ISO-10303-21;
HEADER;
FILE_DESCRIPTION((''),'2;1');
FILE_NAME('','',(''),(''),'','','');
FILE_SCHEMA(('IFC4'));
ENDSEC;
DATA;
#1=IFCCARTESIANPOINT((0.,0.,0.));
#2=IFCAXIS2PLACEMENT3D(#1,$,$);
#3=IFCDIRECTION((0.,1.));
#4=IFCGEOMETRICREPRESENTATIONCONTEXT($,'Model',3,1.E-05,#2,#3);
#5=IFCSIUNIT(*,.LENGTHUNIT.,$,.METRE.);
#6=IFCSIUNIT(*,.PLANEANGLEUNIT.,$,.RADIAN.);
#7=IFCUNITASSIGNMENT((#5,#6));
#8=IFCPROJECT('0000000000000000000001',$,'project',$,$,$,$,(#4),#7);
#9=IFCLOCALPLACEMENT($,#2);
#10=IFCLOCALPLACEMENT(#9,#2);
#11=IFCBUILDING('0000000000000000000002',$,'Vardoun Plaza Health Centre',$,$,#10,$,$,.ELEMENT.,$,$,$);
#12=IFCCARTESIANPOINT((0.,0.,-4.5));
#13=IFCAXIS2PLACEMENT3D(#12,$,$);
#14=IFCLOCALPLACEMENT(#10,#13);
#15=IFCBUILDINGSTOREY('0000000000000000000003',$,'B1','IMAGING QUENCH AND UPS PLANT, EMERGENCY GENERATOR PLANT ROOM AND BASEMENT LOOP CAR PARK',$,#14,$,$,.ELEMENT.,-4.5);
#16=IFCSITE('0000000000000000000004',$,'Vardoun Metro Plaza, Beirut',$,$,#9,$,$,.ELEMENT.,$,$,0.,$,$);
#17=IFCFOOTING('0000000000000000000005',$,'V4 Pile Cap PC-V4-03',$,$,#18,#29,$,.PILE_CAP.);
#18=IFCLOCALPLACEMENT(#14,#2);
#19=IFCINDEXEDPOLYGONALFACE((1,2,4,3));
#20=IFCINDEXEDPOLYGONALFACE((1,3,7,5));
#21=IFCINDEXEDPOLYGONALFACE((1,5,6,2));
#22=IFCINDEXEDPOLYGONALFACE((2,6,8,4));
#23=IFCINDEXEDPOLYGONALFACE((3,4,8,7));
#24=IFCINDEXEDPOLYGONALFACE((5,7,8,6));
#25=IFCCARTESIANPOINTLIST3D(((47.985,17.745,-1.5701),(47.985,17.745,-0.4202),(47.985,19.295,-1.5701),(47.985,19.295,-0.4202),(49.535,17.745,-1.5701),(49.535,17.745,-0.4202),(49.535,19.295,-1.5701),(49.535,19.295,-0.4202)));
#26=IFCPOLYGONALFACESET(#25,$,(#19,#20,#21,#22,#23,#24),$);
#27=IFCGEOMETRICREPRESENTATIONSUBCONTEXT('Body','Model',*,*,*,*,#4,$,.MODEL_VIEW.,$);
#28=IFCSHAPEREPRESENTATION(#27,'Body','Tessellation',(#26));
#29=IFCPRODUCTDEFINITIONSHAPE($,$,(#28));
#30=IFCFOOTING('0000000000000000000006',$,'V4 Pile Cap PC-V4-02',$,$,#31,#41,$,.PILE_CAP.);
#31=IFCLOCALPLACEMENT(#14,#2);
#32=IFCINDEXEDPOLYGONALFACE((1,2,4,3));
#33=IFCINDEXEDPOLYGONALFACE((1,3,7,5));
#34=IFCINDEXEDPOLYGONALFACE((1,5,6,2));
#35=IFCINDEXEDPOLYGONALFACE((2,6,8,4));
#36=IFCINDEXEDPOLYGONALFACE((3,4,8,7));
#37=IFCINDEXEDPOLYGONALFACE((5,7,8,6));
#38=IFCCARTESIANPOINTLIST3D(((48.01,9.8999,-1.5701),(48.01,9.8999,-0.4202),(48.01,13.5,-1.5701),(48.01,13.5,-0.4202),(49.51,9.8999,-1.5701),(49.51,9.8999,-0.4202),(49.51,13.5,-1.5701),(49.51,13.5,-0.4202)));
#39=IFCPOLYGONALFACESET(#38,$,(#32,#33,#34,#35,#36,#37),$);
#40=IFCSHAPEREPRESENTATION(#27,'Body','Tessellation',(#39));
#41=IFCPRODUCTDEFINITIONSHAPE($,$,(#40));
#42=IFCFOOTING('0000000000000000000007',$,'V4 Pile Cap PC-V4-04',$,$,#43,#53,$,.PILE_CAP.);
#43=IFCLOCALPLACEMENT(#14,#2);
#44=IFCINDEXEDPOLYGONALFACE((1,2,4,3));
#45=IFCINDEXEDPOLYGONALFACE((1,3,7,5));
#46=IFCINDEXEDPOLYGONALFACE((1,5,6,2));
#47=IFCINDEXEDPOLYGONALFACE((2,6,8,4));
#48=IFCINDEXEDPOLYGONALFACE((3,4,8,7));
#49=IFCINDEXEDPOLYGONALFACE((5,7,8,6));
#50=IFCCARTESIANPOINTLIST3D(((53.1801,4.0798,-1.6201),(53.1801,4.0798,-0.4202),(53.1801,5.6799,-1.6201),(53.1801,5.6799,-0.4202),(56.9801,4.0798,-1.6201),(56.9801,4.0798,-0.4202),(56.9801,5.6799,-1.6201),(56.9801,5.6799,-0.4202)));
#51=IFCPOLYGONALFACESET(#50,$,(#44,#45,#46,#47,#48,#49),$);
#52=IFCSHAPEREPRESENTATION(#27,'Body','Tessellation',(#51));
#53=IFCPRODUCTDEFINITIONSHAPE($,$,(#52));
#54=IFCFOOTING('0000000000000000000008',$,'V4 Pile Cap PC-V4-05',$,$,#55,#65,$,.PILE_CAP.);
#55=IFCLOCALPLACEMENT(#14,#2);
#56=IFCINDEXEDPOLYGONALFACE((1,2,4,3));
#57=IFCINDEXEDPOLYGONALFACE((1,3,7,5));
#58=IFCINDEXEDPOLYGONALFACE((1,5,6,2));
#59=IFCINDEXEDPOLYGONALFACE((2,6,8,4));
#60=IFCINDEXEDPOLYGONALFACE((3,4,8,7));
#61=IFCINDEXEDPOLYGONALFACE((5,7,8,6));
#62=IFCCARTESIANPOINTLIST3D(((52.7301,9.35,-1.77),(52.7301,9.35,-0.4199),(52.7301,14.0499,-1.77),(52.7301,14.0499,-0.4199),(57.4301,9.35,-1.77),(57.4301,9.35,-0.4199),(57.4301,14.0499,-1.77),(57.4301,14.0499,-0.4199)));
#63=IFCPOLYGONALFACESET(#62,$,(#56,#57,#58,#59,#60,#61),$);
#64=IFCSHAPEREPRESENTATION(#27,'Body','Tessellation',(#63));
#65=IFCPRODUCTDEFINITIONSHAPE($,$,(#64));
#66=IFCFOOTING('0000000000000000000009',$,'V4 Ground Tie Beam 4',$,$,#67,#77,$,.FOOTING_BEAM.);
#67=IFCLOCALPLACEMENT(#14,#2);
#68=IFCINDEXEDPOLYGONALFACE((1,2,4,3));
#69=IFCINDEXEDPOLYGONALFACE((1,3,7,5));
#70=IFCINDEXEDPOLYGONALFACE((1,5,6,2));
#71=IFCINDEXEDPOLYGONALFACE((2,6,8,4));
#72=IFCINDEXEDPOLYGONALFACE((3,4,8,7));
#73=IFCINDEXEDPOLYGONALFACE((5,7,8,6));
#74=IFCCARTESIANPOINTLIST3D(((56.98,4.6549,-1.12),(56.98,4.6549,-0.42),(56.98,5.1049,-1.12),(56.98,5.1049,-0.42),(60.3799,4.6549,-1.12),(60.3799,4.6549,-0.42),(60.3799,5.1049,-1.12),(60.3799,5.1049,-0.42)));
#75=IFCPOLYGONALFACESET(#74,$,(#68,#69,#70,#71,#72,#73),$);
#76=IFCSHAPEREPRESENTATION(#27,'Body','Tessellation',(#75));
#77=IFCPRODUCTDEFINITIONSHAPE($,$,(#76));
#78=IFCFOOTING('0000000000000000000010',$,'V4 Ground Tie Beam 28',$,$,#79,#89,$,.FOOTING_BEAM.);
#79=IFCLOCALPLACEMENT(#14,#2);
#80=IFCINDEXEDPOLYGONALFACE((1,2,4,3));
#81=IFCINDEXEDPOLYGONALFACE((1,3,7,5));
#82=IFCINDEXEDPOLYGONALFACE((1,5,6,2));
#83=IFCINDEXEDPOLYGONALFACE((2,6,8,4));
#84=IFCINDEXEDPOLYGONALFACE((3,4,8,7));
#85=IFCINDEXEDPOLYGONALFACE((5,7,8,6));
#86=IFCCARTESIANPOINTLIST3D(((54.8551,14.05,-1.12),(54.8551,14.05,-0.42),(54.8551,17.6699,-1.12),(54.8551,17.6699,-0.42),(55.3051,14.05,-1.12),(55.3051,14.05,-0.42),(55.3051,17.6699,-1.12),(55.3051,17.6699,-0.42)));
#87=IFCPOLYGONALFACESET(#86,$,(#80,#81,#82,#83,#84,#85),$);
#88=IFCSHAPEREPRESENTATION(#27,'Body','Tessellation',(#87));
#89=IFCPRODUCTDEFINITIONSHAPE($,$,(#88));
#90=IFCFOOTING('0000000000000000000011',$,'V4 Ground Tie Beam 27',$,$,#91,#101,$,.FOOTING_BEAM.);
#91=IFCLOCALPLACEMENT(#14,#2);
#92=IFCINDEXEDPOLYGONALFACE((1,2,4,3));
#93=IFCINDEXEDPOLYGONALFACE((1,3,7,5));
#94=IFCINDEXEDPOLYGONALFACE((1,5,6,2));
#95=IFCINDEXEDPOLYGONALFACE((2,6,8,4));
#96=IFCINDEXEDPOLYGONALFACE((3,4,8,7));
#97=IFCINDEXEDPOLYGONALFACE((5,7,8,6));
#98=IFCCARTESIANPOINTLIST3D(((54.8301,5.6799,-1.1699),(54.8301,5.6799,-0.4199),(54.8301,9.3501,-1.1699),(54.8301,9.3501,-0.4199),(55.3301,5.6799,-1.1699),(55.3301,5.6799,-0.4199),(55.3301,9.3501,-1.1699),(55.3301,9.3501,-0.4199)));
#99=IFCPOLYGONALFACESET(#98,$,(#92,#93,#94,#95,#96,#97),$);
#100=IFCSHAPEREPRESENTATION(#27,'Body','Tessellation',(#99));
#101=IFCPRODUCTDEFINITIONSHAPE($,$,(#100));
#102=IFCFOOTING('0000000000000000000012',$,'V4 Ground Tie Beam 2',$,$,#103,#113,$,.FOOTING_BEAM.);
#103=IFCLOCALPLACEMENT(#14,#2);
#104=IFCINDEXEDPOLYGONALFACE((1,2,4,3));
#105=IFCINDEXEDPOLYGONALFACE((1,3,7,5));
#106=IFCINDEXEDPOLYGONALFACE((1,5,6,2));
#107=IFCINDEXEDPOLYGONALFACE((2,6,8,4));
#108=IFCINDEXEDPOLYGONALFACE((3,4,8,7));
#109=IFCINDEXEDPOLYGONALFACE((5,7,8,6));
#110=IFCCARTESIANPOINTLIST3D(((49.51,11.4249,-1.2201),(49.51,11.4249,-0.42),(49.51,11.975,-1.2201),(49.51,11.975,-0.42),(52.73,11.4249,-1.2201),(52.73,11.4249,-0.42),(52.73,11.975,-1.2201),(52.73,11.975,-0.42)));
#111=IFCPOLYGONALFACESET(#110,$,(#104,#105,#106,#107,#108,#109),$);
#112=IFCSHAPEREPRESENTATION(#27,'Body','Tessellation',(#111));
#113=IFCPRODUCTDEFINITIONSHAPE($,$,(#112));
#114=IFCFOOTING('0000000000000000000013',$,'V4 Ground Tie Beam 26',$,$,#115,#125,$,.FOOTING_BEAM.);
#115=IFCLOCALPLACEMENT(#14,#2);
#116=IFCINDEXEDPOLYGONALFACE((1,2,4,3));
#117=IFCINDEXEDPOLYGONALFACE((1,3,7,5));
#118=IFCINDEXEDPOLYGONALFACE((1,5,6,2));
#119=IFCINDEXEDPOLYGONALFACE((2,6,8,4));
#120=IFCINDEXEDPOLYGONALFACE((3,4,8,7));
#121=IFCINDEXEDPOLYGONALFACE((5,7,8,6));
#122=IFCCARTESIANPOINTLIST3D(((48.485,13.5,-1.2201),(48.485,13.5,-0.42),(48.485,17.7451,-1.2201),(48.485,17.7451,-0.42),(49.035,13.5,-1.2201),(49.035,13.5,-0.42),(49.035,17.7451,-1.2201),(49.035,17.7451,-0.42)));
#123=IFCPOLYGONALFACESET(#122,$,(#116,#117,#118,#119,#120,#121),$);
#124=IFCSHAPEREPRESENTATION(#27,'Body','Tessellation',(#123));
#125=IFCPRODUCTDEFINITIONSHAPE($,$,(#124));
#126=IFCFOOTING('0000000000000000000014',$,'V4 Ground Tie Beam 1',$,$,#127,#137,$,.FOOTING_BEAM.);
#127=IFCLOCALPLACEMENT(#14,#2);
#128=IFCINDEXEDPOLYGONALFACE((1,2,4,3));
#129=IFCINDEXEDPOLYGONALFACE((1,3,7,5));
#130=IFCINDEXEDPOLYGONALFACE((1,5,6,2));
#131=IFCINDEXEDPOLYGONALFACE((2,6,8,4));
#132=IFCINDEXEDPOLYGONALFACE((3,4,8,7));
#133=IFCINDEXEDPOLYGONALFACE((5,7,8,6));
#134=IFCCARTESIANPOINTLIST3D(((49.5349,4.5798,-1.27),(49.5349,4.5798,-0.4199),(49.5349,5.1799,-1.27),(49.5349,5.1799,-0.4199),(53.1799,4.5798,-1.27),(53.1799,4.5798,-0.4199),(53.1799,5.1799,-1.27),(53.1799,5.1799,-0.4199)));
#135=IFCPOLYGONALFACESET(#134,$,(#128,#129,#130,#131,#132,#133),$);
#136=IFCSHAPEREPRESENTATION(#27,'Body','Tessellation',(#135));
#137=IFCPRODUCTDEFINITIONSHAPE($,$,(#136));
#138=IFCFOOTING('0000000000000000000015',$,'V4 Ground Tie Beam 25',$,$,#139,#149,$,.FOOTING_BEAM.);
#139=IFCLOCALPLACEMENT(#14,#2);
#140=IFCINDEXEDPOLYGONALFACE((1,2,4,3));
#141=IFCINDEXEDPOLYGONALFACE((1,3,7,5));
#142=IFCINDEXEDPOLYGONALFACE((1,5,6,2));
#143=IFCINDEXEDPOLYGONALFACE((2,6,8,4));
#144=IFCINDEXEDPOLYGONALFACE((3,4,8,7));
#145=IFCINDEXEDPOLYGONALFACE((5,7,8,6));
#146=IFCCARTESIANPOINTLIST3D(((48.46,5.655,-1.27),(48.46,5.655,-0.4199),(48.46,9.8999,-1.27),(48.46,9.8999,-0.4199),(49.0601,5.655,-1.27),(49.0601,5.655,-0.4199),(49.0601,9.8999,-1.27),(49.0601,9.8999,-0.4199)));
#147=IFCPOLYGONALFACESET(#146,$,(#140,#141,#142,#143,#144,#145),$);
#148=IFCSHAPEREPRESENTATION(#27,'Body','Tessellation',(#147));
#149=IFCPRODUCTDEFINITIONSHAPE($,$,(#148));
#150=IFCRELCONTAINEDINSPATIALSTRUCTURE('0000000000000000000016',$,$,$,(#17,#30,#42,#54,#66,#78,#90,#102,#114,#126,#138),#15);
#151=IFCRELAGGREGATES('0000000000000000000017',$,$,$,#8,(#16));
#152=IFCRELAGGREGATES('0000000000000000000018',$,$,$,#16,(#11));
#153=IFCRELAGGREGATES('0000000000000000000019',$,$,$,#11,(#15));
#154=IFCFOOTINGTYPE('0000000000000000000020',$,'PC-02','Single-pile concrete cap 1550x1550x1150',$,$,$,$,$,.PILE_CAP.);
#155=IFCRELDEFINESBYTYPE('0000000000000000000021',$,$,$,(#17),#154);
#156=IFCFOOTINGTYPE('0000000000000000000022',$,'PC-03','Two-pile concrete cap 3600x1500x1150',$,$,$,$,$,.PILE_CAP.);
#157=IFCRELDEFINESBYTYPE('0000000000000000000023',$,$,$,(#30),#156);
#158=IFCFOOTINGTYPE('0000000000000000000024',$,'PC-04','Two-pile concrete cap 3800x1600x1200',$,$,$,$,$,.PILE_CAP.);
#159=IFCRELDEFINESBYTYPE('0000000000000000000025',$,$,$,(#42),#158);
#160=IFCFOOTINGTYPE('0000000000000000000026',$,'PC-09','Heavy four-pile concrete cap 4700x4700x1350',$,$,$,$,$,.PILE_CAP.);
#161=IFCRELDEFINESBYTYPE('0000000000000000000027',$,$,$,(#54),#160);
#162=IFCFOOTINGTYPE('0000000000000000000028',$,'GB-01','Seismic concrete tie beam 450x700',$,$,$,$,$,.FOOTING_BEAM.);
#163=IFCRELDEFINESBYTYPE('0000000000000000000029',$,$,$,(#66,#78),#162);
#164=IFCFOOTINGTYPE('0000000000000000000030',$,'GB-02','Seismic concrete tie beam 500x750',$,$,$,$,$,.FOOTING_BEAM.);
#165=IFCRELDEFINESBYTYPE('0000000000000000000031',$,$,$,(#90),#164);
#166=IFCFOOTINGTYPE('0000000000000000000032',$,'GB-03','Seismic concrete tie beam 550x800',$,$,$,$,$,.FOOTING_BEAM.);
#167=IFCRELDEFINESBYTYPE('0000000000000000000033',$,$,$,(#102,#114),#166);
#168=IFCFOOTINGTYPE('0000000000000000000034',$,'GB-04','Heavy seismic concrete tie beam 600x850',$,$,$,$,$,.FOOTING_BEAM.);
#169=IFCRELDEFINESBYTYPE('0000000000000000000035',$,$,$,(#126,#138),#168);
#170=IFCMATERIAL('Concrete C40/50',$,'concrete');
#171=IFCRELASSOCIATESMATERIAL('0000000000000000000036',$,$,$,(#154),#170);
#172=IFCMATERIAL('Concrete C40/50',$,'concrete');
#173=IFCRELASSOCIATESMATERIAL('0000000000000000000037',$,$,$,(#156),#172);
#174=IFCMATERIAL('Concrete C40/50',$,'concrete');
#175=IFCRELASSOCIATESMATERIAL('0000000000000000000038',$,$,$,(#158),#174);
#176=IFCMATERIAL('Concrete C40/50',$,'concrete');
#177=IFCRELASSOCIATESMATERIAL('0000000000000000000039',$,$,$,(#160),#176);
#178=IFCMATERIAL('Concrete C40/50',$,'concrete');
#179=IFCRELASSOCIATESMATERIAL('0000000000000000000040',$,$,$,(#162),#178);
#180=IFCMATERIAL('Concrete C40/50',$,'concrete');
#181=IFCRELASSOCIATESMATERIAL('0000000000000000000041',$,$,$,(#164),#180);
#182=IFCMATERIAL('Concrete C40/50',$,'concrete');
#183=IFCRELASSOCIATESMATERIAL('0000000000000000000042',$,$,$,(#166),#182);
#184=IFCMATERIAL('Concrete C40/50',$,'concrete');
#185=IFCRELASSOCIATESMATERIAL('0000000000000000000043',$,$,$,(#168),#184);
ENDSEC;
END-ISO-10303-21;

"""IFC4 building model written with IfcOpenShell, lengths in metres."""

from ifc_helpers import new_model, si_unit, direction, frame, origin, origin_2d, place, context, subcontext, project, spatial, rectangle, extrude, material, material_profile, profile_set, type_object, element, save


model = new_model("IFC4")

# Units and contexts
model_context = context("Model", 3, precision=1e-05, world=origin(), true_north=direction((0.0, 1.0)))
body_context = subcontext(model_context, "Body", "Model", "MODEL_VIEW")
ifc_project = project(units=[si_unit("LENGTHUNIT", "METRE"), si_unit("PLANEANGLEUNIT", "RADIAN")], contexts=[model_context])

# Site, building, storey
site_placement = place(None, origin())
site = spatial("IfcSite", under=ifc_project, at=site_placement, Name="Vardoun Metro Plaza, Beirut", CompositionType="ELEMENT", RefElevation=0.0)
building_placement = place(site_placement, origin())
building = spatial("IfcBuilding", under=site, at=building_placement, Name="Vardoun Plaza Health Centre", CompositionType="ELEMENT")
storey_placement = place(building_placement, frame((0.0, 0.0, -4.5)))
storey = spatial("IfcBuildingStorey", under=building, at=storey_placement, Name="B1", Description="IMAGING QUENCH AND UPS PLANT, EMERGENCY GENERATOR PLANT ROOM AND BASEMENT LOOP CAR PARK", CompositionType="ELEMENT", Elevation=-4.5)

# Footings
ifc_material_1 = material(Name="Concrete C40/50", Category="concrete")
footing_type_1 = type_object("IfcFootingType", Name="PC-02", Description="Single-pile concrete cap 1550x1550x1150", PredefinedType="PILE_CAP", material=ifc_material_1)
footing_1_placement = place(storey_placement, frame((48.76, 18.52, -1.5701), z_axis=(0.0, 0.0, 1.0), x_axis=(1.0, 0.0, 0.0)))
element("IfcFooting", 1, at=footing_1_placement, inside=storey, type_object=footing_type_1, Name="V4 Pile Cap PC-V4-03", PredefinedType="PILE_CAP", context=body_context, shape_type="SweptSolid", body=[
    extrude(rectangle(XDim=1.55, YDim=1.55, at=origin_2d()), origin(), (0.0, 0.0, 1.0), 1.1499),
])
ifc_material_2 = material(Name="Concrete C40/50", Category="concrete")
footing_type_2 = type_object("IfcFootingType", Name="PC-03", Description="Two-pile concrete cap 3600x1500x1150", PredefinedType="PILE_CAP", material=ifc_material_2)
footing_2_placement = place(storey_placement, frame((48.76, 11.7, -1.5701), z_axis=(0.0, 0.0, 1.0), x_axis=(0.0, 1.0, 0.0)))
element("IfcFooting", 2, at=footing_2_placement, inside=storey, type_object=footing_type_2, Name="V4 Pile Cap PC-V4-02", PredefinedType="PILE_CAP", context=body_context, shape_type="SweptSolid", body=[
    extrude(rectangle(XDim=3.6001, YDim=1.5, at=origin_2d()), origin(), (0.0, 0.0, 1.0), 1.1499),
])
ifc_material_3 = material(Name="Concrete C40/50", Category="concrete")
footing_type_3 = type_object("IfcFootingType", Name="PC-04", Description="Two-pile concrete cap 3800x1600x1200", PredefinedType="PILE_CAP", material=ifc_material_3)
footing_3_placement = place(storey_placement, frame((55.0801, 4.8799, -1.6201), z_axis=(0.0, 0.0, 1.0), x_axis=(1.0, 0.0, 0.0)))
element("IfcFooting", 3, at=footing_3_placement, inside=storey, type_object=footing_type_3, Name="V4 Pile Cap PC-V4-04", PredefinedType="PILE_CAP", context=body_context, shape_type="SweptSolid", body=[
    extrude(rectangle(XDim=3.8, YDim=1.6001, at=origin_2d()), origin(), (0.0, 0.0, 1.0), 1.2),
])
ifc_material_4 = material(Name="Concrete C40/50", Category="concrete")
footing_type_4 = type_object("IfcFootingType", Name="PC-09", Description="Heavy four-pile concrete cap 4700x4700x1350", PredefinedType="PILE_CAP", material=ifc_material_4)
footing_4_placement = place(storey_placement, frame((55.0801, 11.7, -1.77), z_axis=(0.0, 0.0, 1.0), x_axis=(1.0, 0.0, 0.0)))
element("IfcFooting", 4, at=footing_4_placement, inside=storey, type_object=footing_type_4, Name="V4 Pile Cap PC-V4-05", PredefinedType="PILE_CAP", context=body_context, shape_type="SweptSolid", body=[
    extrude(rectangle(XDim=4.7, YDim=4.7, at=origin_2d()), origin(), (0.0, 0.0, 1.0), 1.3501),
])
ifc_material_5 = material(Name="Concrete C40/50", Category="concrete")
ifc_material_profile_1 = material_profile(ifc_material_5, rectangle(XDim=0.45, YDim=0.7, at=origin_2d()), Name="GB 450x700")
ifc_profile_set_1 = profile_set([ifc_material_profile_1], Name="Concrete C40/50")
footing_type_5 = type_object("IfcFootingType", Name="GB-01", Description="Seismic concrete tie beam 450x700", PredefinedType="FOOTING_BEAM", material=ifc_profile_set_1)
footing_5_placement = place(storey_placement, frame((56.98, 4.8799, -0.77), z_axis=(1.0, 0.0, 0.0), x_axis=(0.0, 1.0, 0.0)))
element("IfcFooting", 5, at=footing_5_placement, inside=storey, type_object=footing_type_5, Name="V4 Ground Tie Beam 4", PredefinedType="FOOTING_BEAM", context=body_context, shape_type="SweptSolid", body=[
    extrude(rectangle(XDim=0.45, YDim=0.7, at=origin_2d()), origin(), (0.0, 0.0, 1.0), 3.3999),
])
footing_6_placement = place(storey_placement, frame((55.0801, 14.05, -0.77), z_axis=(0.0, 1.0, 0.0), x_axis=(-1.0, 0.0, 0.0)))
element("IfcFooting", 6, at=footing_6_placement, inside=storey, type_object=footing_type_5, Name="V4 Ground Tie Beam 28", PredefinedType="FOOTING_BEAM", context=body_context, shape_type="SweptSolid", body=[
    extrude(rectangle(XDim=0.45, YDim=0.7, at=origin_2d()), origin(), (0.0, 0.0, 1.0), 3.6199),
])
ifc_material_6 = material(Name="Concrete C40/50", Category="concrete")
ifc_material_profile_2 = material_profile(ifc_material_6, rectangle(XDim=0.5, YDim=0.75, at=origin_2d()), Name="GB 500x750")
ifc_profile_set_2 = profile_set([ifc_material_profile_2], Name="Concrete C40/50")
footing_type_6 = type_object("IfcFootingType", Name="GB-02", Description="Seismic concrete tie beam 500x750", PredefinedType="FOOTING_BEAM", material=ifc_profile_set_2)
footing_7_placement = place(storey_placement, frame((55.0801, 5.6799, -0.7949), z_axis=(0.0, 1.0, 0.0), x_axis=(-1.0, 0.0, 0.0)))
element("IfcFooting", 7, at=footing_7_placement, inside=storey, type_object=footing_type_6, Name="V4 Ground Tie Beam 27", PredefinedType="FOOTING_BEAM", context=body_context, shape_type="SweptSolid", body=[
    extrude(rectangle(XDim=0.5, YDim=0.75, at=origin_2d()), origin(), (0.0, 0.0, 1.0), 3.6702),
])
ifc_material_7 = material(Name="Concrete C40/50", Category="concrete")
ifc_material_profile_3 = material_profile(ifc_material_7, rectangle(XDim=0.55, YDim=0.8, at=origin_2d()), Name="GB 550x800")
ifc_profile_set_3 = profile_set([ifc_material_profile_3], Name="Concrete C40/50")
footing_type_7 = type_object("IfcFootingType", Name="GB-03", Description="Seismic concrete tie beam 550x800", PredefinedType="FOOTING_BEAM", material=ifc_profile_set_3)
footing_8_placement = place(storey_placement, frame((49.51, 11.7, -0.8201), z_axis=(1.0, 0.0, 0.0), x_axis=(0.0, 1.0, 0.0)))
element("IfcFooting", 8, at=footing_8_placement, inside=storey, type_object=footing_type_7, Name="V4 Ground Tie Beam 2", PredefinedType="FOOTING_BEAM", context=body_context, shape_type="SweptSolid", body=[
    extrude(rectangle(XDim=0.55, YDim=0.8, at=origin_2d()), origin(), (0.0, 0.0, 1.0), 3.22),
])
footing_9_placement = place(storey_placement, frame((48.76, 13.5, -0.8201), z_axis=(0.0, 1.0, 0.0), x_axis=(-1.0, 0.0, 0.0)))
element("IfcFooting", 9, at=footing_9_placement, inside=storey, type_object=footing_type_7, Name="V4 Ground Tie Beam 26", PredefinedType="FOOTING_BEAM", context=body_context, shape_type="SweptSolid", body=[
    extrude(rectangle(XDim=0.55, YDim=0.8, at=origin_2d()), origin(), (0.0, 0.0, 1.0), 4.2451),
])
ifc_material_8 = material(Name="Concrete C40/50", Category="concrete")
ifc_material_profile_4 = material_profile(ifc_material_8, rectangle(XDim=0.6001, YDim=0.8501, at=origin_2d()), Name="GB 600x850")
ifc_profile_set_4 = profile_set([ifc_material_profile_4], Name="Concrete C40/50")
footing_type_8 = type_object("IfcFootingType", Name="GB-04", Description="Heavy seismic concrete tie beam 600x850", PredefinedType="FOOTING_BEAM", material=ifc_profile_set_4)
footing_10_placement = place(storey_placement, frame((49.5349, 4.8799, -0.845), z_axis=(1.0, 0.0, 0.0), x_axis=(0.0, 1.0, 0.0)))
element("IfcFooting", 10, at=footing_10_placement, inside=storey, type_object=footing_type_8, Name="V4 Ground Tie Beam 1", PredefinedType="FOOTING_BEAM", context=body_context, shape_type="SweptSolid", body=[
    extrude(rectangle(XDim=0.6001, YDim=0.8501, at=origin_2d()), origin(), (0.0, 0.0, 1.0), 3.645),
])
footing_11_placement = place(storey_placement, frame((48.76, 5.655, -0.845), z_axis=(0.0, 1.0, 0.0), x_axis=(-1.0, 0.0, 0.0)))
element("IfcFooting", 11, at=footing_11_placement, inside=storey, type_object=footing_type_8, Name="V4 Ground Tie Beam 25", PredefinedType="FOOTING_BEAM", context=body_context, shape_type="SweptSolid", body=[
    extrude(rectangle(XDim=0.6001, YDim=0.8501, at=origin_2d()), origin(), (0.0, 0.0, 1.0), 4.2449),
])

save(model, "model.ifc")
